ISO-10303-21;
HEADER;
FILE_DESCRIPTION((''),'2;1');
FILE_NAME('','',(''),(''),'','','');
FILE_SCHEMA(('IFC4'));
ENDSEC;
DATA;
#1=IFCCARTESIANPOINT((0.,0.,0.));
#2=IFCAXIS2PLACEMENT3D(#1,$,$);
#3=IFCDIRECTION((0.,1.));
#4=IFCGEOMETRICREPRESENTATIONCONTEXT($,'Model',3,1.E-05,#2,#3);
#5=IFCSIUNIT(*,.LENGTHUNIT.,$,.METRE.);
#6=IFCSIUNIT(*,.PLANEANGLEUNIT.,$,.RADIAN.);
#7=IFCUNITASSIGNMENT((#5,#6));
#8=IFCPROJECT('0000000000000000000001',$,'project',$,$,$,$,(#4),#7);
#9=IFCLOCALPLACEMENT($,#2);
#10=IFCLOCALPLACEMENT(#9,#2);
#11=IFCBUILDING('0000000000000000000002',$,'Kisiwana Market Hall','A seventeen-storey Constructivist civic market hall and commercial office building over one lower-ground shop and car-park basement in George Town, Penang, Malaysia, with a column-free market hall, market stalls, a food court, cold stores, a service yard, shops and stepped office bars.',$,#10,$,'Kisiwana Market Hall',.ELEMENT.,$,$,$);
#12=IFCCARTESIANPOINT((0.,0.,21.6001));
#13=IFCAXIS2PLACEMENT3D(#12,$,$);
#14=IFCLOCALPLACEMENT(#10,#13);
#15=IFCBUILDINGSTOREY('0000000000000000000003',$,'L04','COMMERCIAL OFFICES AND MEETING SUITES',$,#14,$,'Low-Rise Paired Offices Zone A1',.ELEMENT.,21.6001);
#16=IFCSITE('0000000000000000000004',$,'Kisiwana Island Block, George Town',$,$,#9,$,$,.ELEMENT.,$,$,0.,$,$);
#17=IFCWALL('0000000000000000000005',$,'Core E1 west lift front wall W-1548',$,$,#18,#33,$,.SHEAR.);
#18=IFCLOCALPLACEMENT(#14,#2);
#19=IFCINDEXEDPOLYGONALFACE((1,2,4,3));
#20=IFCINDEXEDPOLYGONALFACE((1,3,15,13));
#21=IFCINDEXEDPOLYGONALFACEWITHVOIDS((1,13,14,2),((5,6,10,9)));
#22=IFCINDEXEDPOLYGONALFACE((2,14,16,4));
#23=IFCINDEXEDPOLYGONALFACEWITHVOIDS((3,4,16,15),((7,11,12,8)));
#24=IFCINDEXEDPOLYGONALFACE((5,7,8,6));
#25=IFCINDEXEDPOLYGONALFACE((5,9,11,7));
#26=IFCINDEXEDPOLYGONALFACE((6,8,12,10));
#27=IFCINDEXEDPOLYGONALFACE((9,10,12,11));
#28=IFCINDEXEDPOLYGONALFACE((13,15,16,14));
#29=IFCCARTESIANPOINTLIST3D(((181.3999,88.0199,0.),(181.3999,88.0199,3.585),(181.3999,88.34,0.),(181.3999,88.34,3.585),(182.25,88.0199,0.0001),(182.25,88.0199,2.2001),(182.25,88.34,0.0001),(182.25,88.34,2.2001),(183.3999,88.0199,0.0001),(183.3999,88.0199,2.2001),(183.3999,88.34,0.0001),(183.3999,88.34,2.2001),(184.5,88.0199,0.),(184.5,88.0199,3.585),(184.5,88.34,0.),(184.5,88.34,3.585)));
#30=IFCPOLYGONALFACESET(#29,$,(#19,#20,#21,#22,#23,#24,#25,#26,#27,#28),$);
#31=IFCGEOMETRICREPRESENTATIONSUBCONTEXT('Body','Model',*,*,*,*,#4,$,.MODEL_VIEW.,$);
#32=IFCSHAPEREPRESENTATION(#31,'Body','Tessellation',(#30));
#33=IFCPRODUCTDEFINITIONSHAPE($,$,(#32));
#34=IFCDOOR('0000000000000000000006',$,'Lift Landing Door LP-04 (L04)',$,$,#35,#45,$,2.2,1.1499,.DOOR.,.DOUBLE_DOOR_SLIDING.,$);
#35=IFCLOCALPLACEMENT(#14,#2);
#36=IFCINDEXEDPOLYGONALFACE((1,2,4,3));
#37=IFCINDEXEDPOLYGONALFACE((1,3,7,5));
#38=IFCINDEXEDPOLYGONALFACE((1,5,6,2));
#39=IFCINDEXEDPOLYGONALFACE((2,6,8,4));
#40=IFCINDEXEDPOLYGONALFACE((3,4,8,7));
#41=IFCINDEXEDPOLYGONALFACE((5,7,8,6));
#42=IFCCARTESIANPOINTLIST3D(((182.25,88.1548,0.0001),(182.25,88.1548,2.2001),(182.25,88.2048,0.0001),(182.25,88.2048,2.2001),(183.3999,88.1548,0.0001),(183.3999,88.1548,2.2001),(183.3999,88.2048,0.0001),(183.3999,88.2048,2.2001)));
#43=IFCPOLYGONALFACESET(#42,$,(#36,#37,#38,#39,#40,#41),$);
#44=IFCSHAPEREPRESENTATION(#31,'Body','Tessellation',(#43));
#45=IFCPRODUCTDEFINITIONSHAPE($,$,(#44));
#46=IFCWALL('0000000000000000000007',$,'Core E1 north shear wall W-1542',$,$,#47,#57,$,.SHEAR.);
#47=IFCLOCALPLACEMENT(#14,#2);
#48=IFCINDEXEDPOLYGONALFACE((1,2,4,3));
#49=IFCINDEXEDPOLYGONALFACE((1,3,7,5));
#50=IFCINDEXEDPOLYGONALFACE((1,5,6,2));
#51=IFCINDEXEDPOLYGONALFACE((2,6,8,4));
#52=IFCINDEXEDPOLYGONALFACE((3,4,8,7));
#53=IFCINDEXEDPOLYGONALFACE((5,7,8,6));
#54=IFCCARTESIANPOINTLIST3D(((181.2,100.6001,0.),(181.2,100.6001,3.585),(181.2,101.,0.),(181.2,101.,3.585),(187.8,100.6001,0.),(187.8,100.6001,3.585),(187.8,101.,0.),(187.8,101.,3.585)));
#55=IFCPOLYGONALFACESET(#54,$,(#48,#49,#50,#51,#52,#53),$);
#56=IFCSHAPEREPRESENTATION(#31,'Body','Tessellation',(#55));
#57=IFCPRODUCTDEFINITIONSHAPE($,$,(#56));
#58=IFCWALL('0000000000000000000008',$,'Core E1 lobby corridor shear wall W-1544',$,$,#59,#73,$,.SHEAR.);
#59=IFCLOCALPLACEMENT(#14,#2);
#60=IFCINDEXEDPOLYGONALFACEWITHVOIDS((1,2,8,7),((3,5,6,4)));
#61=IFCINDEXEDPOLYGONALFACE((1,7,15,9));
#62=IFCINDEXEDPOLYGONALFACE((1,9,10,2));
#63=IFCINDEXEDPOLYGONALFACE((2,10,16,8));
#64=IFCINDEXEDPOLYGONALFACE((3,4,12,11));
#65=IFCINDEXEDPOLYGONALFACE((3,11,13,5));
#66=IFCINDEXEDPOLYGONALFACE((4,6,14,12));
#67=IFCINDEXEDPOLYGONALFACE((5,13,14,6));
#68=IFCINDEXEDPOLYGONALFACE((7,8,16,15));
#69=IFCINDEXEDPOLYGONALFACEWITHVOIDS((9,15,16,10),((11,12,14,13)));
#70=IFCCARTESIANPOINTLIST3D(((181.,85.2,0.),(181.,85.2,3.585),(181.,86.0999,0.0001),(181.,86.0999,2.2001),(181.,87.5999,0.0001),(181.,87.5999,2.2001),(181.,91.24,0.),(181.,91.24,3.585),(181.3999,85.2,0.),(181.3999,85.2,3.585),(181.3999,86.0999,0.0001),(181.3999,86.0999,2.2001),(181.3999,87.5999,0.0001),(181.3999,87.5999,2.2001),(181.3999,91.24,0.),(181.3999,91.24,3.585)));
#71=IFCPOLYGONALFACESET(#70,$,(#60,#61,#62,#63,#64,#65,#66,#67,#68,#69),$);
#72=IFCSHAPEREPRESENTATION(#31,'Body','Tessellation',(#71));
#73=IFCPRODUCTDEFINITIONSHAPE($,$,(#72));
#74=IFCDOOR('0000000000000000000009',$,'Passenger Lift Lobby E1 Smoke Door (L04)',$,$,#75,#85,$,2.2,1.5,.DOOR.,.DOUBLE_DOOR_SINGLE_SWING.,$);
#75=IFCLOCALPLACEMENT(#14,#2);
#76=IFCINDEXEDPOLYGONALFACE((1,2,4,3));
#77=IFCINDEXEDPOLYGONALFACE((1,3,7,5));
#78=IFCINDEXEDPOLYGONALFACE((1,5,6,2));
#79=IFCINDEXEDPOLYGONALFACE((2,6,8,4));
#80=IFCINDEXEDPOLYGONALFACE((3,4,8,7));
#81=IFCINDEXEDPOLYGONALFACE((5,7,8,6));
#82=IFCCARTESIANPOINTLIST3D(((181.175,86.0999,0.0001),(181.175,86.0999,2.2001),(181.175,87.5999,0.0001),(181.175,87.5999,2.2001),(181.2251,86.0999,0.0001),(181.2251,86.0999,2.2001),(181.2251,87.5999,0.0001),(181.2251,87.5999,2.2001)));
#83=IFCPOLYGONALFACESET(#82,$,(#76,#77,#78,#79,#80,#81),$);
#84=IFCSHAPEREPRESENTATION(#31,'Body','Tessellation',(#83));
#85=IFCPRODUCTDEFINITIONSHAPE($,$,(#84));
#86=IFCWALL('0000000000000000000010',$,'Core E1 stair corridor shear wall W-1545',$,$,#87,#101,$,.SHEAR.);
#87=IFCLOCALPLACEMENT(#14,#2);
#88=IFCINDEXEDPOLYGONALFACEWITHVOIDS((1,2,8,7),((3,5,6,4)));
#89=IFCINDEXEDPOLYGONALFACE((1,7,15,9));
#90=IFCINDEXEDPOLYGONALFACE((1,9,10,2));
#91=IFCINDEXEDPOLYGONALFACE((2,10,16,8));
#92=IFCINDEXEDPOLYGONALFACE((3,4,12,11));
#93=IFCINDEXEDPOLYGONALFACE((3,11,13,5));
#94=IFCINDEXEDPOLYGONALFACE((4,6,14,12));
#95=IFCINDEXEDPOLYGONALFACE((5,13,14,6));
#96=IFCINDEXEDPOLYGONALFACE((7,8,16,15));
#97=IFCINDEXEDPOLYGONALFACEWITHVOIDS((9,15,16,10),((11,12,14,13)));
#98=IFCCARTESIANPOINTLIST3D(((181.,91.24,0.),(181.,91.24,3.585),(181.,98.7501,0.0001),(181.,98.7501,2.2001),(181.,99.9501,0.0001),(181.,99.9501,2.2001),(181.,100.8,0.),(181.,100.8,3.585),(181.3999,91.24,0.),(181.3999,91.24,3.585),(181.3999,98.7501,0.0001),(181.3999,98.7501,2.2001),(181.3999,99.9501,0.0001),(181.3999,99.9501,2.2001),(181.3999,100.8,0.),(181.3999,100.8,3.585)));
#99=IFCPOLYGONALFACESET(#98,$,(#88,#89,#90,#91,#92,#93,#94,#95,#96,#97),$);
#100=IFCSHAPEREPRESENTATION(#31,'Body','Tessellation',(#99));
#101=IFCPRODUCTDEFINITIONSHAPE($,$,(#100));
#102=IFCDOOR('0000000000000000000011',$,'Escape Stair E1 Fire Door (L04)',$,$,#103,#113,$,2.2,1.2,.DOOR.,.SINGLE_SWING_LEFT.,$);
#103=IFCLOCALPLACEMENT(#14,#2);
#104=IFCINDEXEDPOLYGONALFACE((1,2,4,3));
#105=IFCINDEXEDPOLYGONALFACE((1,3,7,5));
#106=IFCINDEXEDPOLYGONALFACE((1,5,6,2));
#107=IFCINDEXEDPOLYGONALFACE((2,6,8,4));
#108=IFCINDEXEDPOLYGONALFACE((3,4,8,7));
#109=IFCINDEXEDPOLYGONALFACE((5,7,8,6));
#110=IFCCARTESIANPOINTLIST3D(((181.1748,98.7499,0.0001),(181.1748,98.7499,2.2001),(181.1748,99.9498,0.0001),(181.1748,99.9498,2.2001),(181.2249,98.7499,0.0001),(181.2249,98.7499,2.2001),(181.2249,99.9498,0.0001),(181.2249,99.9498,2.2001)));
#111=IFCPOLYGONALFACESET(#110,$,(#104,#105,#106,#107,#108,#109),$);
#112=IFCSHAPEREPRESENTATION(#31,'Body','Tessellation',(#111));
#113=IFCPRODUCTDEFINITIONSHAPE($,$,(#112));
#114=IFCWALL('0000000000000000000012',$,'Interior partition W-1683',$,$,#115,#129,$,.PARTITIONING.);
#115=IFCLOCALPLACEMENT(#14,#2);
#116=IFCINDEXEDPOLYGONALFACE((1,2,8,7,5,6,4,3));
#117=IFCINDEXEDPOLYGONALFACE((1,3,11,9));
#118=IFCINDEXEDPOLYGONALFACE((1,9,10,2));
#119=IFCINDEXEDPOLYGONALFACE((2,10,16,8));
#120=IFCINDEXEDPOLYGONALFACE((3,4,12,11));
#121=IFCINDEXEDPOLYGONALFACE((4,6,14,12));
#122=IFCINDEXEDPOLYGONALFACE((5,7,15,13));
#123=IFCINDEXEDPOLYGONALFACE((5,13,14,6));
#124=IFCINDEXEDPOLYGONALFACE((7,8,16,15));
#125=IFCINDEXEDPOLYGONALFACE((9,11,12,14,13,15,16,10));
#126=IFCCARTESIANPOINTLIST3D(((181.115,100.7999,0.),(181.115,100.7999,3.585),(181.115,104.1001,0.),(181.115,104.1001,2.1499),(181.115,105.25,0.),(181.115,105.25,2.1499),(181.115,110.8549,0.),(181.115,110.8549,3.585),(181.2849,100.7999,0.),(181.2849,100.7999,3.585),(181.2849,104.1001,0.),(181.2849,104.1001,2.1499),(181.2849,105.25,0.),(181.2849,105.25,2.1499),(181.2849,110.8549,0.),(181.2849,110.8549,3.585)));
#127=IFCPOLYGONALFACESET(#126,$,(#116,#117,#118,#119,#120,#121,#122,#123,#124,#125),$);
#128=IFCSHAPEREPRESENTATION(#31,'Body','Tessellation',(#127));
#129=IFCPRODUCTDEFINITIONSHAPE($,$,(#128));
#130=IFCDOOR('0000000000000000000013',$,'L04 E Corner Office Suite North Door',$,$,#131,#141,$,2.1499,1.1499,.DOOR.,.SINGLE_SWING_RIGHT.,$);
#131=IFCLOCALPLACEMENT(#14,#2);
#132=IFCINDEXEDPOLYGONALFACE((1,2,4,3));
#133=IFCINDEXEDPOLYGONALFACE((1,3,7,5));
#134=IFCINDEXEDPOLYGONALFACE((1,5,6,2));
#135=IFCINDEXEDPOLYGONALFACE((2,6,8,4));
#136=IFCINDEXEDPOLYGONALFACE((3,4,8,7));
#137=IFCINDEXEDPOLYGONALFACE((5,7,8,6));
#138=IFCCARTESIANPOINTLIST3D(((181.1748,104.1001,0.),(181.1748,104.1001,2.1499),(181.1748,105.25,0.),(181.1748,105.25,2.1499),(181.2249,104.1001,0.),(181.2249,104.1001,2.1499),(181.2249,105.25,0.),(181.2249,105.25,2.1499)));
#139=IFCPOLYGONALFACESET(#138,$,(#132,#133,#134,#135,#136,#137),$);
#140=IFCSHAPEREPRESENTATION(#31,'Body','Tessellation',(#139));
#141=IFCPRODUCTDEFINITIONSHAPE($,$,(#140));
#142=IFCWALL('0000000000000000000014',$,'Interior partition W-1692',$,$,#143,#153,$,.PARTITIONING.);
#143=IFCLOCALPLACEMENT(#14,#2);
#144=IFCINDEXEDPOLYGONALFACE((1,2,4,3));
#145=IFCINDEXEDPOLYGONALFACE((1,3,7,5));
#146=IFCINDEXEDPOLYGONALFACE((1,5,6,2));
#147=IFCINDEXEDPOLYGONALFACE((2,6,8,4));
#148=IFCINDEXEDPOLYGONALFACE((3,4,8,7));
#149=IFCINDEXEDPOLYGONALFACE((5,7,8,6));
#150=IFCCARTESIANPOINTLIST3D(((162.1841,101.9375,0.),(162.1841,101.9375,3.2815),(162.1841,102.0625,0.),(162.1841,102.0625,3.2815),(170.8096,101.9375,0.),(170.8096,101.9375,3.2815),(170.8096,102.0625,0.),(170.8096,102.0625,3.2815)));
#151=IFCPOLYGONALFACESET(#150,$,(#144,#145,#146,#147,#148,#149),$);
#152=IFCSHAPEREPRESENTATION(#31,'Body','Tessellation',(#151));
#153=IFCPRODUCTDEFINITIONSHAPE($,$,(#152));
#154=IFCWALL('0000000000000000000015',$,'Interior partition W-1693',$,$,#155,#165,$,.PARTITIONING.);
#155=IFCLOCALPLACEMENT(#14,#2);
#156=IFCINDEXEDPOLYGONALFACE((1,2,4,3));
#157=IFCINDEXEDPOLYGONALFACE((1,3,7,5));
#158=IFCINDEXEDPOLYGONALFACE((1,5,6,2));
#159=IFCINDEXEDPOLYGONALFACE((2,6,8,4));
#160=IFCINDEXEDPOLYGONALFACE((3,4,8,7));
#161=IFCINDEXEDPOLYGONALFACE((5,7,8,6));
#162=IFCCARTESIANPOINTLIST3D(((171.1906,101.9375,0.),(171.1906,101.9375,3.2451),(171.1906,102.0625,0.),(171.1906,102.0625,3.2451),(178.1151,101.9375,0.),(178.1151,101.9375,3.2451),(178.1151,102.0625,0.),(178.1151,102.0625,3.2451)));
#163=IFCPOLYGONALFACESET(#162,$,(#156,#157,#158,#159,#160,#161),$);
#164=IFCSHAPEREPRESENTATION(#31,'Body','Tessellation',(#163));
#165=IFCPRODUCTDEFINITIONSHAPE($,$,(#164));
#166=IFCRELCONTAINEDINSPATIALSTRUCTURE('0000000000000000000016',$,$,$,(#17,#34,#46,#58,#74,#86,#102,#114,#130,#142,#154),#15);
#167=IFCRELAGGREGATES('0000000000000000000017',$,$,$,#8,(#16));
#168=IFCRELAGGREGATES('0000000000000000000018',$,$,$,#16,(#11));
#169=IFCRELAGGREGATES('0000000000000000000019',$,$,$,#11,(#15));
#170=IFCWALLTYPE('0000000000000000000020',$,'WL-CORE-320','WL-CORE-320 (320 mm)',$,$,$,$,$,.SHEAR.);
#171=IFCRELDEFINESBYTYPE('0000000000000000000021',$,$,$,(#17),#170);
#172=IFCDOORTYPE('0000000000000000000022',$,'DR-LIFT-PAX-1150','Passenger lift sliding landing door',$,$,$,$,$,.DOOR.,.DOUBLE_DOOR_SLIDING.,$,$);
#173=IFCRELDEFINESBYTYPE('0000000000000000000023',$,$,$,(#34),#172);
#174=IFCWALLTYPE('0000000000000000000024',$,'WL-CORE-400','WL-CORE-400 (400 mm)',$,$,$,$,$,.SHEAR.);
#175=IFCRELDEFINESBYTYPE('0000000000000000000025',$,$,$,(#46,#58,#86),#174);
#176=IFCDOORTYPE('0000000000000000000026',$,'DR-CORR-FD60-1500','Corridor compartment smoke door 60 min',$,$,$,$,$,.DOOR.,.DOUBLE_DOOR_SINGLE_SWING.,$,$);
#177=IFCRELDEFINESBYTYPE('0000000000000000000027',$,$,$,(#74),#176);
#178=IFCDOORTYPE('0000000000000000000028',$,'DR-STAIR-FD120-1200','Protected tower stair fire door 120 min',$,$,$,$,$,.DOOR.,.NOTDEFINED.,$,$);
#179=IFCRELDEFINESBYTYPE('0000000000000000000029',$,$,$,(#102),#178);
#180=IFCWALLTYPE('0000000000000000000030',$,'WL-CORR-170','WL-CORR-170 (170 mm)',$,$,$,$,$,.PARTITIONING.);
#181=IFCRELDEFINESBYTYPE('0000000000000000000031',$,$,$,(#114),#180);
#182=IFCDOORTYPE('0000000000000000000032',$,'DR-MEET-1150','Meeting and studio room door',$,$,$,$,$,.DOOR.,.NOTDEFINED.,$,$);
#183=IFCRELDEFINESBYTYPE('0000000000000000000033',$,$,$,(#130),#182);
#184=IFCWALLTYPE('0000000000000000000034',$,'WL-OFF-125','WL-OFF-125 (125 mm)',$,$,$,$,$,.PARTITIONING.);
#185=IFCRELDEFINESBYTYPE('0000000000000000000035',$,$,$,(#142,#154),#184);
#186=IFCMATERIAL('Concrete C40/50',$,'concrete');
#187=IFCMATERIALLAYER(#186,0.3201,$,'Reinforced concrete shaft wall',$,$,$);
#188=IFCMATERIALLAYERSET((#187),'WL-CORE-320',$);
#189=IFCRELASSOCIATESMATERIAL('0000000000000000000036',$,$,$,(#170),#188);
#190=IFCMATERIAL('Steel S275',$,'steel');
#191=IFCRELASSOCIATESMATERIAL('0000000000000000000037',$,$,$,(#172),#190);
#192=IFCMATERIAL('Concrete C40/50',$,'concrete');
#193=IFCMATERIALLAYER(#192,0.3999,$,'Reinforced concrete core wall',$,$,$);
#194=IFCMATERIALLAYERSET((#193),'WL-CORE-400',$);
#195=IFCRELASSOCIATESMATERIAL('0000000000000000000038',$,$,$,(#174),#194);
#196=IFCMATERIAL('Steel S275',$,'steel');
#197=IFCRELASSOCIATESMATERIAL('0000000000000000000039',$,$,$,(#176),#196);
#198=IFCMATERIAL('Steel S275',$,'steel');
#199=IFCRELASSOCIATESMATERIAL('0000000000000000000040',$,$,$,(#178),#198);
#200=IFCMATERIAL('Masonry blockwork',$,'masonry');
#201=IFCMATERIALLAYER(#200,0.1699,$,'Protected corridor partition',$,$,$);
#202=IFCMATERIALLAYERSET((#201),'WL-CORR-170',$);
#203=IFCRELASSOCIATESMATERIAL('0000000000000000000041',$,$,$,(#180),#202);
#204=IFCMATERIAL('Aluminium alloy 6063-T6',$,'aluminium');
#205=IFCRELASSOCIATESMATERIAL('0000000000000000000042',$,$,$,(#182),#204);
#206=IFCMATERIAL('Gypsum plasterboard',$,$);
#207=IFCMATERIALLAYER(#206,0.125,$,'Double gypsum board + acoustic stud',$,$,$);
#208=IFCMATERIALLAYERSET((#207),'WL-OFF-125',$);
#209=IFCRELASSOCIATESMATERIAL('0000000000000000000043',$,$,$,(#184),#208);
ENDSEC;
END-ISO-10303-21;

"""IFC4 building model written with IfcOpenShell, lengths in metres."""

from ifc_helpers import new_model, si_unit, direction, frame, frame_2d, origin, place, context, subcontext, project, spatial, rectangle, extrude, material, layer, layer_set, type_object, element, fill, save


model = new_model("IFC4")

# Units and contexts
model_context = context("Model", 3, precision=1e-05, world=origin(), true_north=direction((0.0, 1.0)))
body_context = subcontext(model_context, "Body", "Model", "MODEL_VIEW")
ifc_project = project(units=[si_unit("LENGTHUNIT", "METRE"), si_unit("PLANEANGLEUNIT", "RADIAN")], contexts=[model_context])

# Site, building, storey
site_placement = place(None, origin())
site = spatial("IfcSite", under=ifc_project, at=site_placement, Name="Kisiwana Island Block, George Town", CompositionType="ELEMENT", RefElevation=0.0)
building_placement = place(site_placement, origin())
building = spatial("IfcBuilding", under=site, at=building_placement, Name="Kisiwana Market Hall", Description="A seventeen-storey Constructivist civic market hall and commercial office building over one lower-ground shop and car-park basement in George Town, Penang, Malaysia, with a column-free market hall, market stalls, a food court, cold stores, a service yard, shops and stepped office bars.", LongName="Kisiwana Market Hall", CompositionType="ELEMENT")
storey_placement = place(building_placement, frame((0.0, 0.0, 21.6001)))
storey = spatial("IfcBuildingStorey", under=building, at=storey_placement, Name="L04", Description="COMMERCIAL OFFICES AND MEETING SUITES", LongName="Low-Rise Paired Offices Zone A1", CompositionType="ELEMENT", Elevation=21.6001)

# Shared definitions
ifc_material_1 = material(Name="Concrete C40/50", Category="concrete")
ifc_layer_1 = layer(ifc_material_1, 0.3201, Name="Reinforced concrete shaft wall")
ifc_layer_set_1 = layer_set([ifc_layer_1], Name="WL-CORE-320")
wall_type_1 = type_object("IfcWallType", Name="WL-CORE-320", Description="WL-CORE-320 (320 mm)", PredefinedType="SHEAR", material=ifc_layer_set_1)

# Wall, opening, door
wall_1_placement = place(storey_placement, frame((181.3999, 88.1799, 0.0), z_axis=(0.0, 0.0, 1.0), x_axis=(1.0, 0.0, 0.0)))
wall_1 = element("IfcWall", 1, at=wall_1_placement, inside=storey, type_object=wall_type_1, Name="Core E1 west lift front wall W-1548", PredefinedType="SHEAR", context=body_context, shape_type="SweptSolid", body=[
    extrude(rectangle(XDim=3.1001, YDim=0.3201, at=frame_2d((1.55, 0.0))), origin(), (0.0, 0.0, 1.0), 3.585),
])
opening_1_placement = place(wall_1_placement, frame((0.8501, 0.0, 0.0)))
opening_1 = element("IfcOpeningElement", 2, at=opening_1_placement, cuts=wall_1, PredefinedType="OPENING", context=body_context, shape_type="SweptSolid", body=[
    extrude(rectangle(XDim=1.1499, YDim=2.2, at=frame_2d((0.575, 1.1001))), frame((0.0, 0.1719, 0.0), z_axis=(0.0, -1.0, 0.0), x_axis=(1.0, 0.0, 0.0)), (0.0, 0.0, 1.0), 0.344),
])
ifc_material_2 = material(Name="Steel S275", Category="steel")
door_type_1 = type_object("IfcDoorType", Name="DR-LIFT-PAX-1150", Description="Passenger lift sliding landing door", OperationType="DOUBLE_DOOR_SLIDING", PredefinedType="DOOR", material=ifc_material_2)
door_1_placement = place(opening_1_placement, origin())
door_1 = element("IfcDoor", 3, at=door_1_placement, inside=storey, type_object=door_type_1, Name="Lift Landing Door LP-04 (L04)", OperationType="DOUBLE_DOOR_SLIDING", OverallHeight=2.2, OverallWidth=1.1499, PredefinedType="DOOR", context=body_context, shape_type="SweptSolid", body=[
    extrude(rectangle(XDim=1.1499, YDim=2.2, at=frame_2d((0.575, 1.1001))), frame((0.0, 0.0249, 0.0), z_axis=(0.0, -1.0, 0.0), x_axis=(1.0, 0.0, 0.0)), (0.0, 0.0, 1.0), 0.05),
])
fill(opening_1, door_1)

# Wall
ifc_material_3 = material(Name="Concrete C40/50", Category="concrete")
ifc_layer_2 = layer(ifc_material_3, 0.3999, Name="Reinforced concrete core wall")
ifc_layer_set_2 = layer_set([ifc_layer_2], Name="WL-CORE-400")
wall_type_2 = type_object("IfcWallType", Name="WL-CORE-400", Description="WL-CORE-400 (400 mm)", PredefinedType="SHEAR", material=ifc_layer_set_2)
wall_2_placement = place(storey_placement, frame((181.2, 100.8, 0.0), z_axis=(0.0, 0.0, 1.0), x_axis=(1.0, 0.0, 0.0)))
element("IfcWall", 4, at=wall_2_placement, inside=storey, type_object=wall_type_2, Name="Core E1 north shear wall W-1542", PredefinedType="SHEAR", context=body_context, shape_type="SweptSolid", body=[
    extrude(rectangle(XDim=6.6001, YDim=0.3999, at=frame_2d((3.3, 0.0))), origin(), (0.0, 0.0, 1.0), 3.585),
])

# Walls, openings, doors
wall_3_placement = place(storey_placement, frame((181.2, 85.2, 0.0), z_axis=(0.0, 0.0, 1.0), x_axis=(0.0, 1.0, 0.0)))
wall_3 = element("IfcWall", 5, at=wall_3_placement, inside=storey, type_object=wall_type_2, Name="Core E1 lobby corridor shear wall W-1544", PredefinedType="SHEAR", context=body_context, shape_type="SweptSolid", body=[
    extrude(rectangle(XDim=6.04, YDim=0.3999, at=frame_2d((3.02, 0.0))), origin(), (0.0, 0.0, 1.0), 3.585),
])
opening_2_placement = place(wall_3_placement, frame((0.8999, 0.0, 0.0)))
opening_2 = element("IfcOpeningElement", 6, at=opening_2_placement, cuts=wall_3, PredefinedType="OPENING", context=body_context, shape_type="SweptSolid", body=[
    extrude(rectangle(XDim=1.5, YDim=2.2, at=frame_2d((0.75, 1.1001))), frame((0.0, 0.2119, 0.0), z_axis=(0.0, -1.0, 0.0), x_axis=(1.0, 0.0, 0.0)), (0.0, 0.0, 1.0), 0.4238),
])
ifc_material_4 = material(Name="Steel S275", Category="steel")
door_type_2 = type_object("IfcDoorType", Name="DR-CORR-FD60-1500", Description="Corridor compartment smoke door 60 min", OperationType="DOUBLE_DOOR_SINGLE_SWING", PredefinedType="DOOR", material=ifc_material_4)
door_2_placement = place(opening_2_placement, origin())
door_2 = element("IfcDoor", 7, at=door_2_placement, inside=storey, type_object=door_type_2, Name="Passenger Lift Lobby E1 Smoke Door (L04)", OperationType="DOUBLE_DOOR_SINGLE_SWING", OverallHeight=2.2, OverallWidth=1.5, PredefinedType="DOOR", context=body_context, shape_type="SweptSolid", body=[
    extrude(rectangle(XDim=1.5, YDim=2.2, at=frame_2d((0.75, 1.1001))), frame((0.0, 0.0249, 0.0), z_axis=(0.0, -1.0, 0.0), x_axis=(1.0, 0.0, 0.0)), (0.0, 0.0, 1.0), 0.05),
])
fill(opening_2, door_2)
wall_4_placement = place(storey_placement, frame((181.2, 91.24, 0.0), z_axis=(0.0, 0.0, 1.0), x_axis=(0.0, 1.0, 0.0)))
wall_4 = element("IfcWall", 8, at=wall_4_placement, inside=storey, type_object=wall_type_2, Name="Core E1 stair corridor shear wall W-1545", PredefinedType="SHEAR", context=body_context, shape_type="SweptSolid", body=[
    extrude(rectangle(XDim=9.5601, YDim=0.3999, at=frame_2d((4.78, 0.0))), origin(), (0.0, 0.0, 1.0), 3.585),
])
opening_3_placement = place(wall_4_placement, frame((7.51, 0.0, 0.0)))
opening_3 = element("IfcOpeningElement", 9, at=opening_3_placement, cuts=wall_4, PredefinedType="OPENING", context=body_context, shape_type="SweptSolid", body=[
    extrude(rectangle(XDim=1.2, YDim=2.2, at=frame_2d((0.6001, 1.1001))), frame((0.0, 0.2119, 0.0), z_axis=(0.0, -1.0, 0.0), x_axis=(1.0, 0.0, 0.0)), (0.0, 0.0, 1.0), 0.4238),
])
ifc_material_5 = material(Name="Steel S275", Category="steel")
door_type_3 = type_object("IfcDoorType", Name="DR-STAIR-FD120-1200", Description="Protected tower stair fire door 120 min", OperationType="NOTDEFINED", PredefinedType="DOOR", material=ifc_material_5)
door_3_placement = place(opening_3_placement, frame((1.2, 0.0, 0.0), z_axis=(0.0, 0.0, 1.0), x_axis=(-1.0, 0.0, 0.0)))
door_3 = element("IfcDoor", 10, at=door_3_placement, inside=storey, type_object=door_type_3, Name="Escape Stair E1 Fire Door (L04)", OperationType="SINGLE_SWING_LEFT", OverallHeight=2.2, OverallWidth=1.2, PredefinedType="DOOR", context=body_context, shape_type="SweptSolid", body=[
    extrude(rectangle(XDim=1.2, YDim=2.2, at=frame_2d((0.6001, 1.1001))), frame((0.0, 0.0249, 0.0), z_axis=(0.0, -1.0, 0.0), x_axis=(1.0, 0.0, 0.0)), (0.0, 0.0, 1.0), 0.05),
])
fill(opening_3, door_3)
ifc_material_6 = material(Name="Masonry blockwork", Category="masonry")
ifc_layer_3 = layer(ifc_material_6, 0.1699, Name="Protected corridor partition")
ifc_layer_set_3 = layer_set([ifc_layer_3], Name="WL-CORR-170")
wall_type_3 = type_object("IfcWallType", Name="WL-CORR-170", Description="WL-CORR-170 (170 mm)", PredefinedType="PARTITIONING", material=ifc_layer_set_3)
wall_5_placement = place(storey_placement, frame((181.2, 100.8, 0.0), z_axis=(0.0, 0.0, 1.0), x_axis=(0.0, 1.0, 0.0)))
wall_5 = element("IfcWall", 11, at=wall_5_placement, inside=storey, type_object=wall_type_3, Name="Interior partition W-1683", PredefinedType="PARTITIONING", context=body_context, shape_type="SweptSolid", body=[
    extrude(rectangle(XDim=10.0549, YDim=0.1699, at=frame_2d((5.0273, 0.0))), origin(), (0.0, 0.0, 1.0), 3.585),
])
opening_4_placement = place(wall_5_placement, frame((3.3, 0.0, 0.0)))
opening_4 = element("IfcOpeningElement", 12, at=opening_4_placement, cuts=wall_5, PredefinedType="OPENING", context=body_context, shape_type="SweptSolid", body=[
    extrude(rectangle(XDim=1.1499, YDim=2.1499, at=frame_2d((0.575, 1.075))), frame((0.0, 0.0969, 0.0), z_axis=(0.0, -1.0, 0.0), x_axis=(1.0, 0.0, 0.0)), (0.0, 0.0, 1.0), 0.1938),
])
ifc_material_7 = material(Name="Aluminium alloy 6063-T6", Category="aluminium")
door_type_4 = type_object("IfcDoorType", Name="DR-MEET-1150", Description="Meeting and studio room door", OperationType="NOTDEFINED", PredefinedType="DOOR", material=ifc_material_7)
door_4_placement = place(opening_4_placement, frame((1.1499, 0.0, 0.0), z_axis=(0.0, 0.0, 1.0), x_axis=(-1.0, 0.0, 0.0)))
door_4 = element("IfcDoor", 13, at=door_4_placement, inside=storey, type_object=door_type_4, Name="L04 E Corner Office Suite North Door", OperationType="SINGLE_SWING_RIGHT", OverallHeight=2.1499, OverallWidth=1.1499, PredefinedType="DOOR", context=body_context, shape_type="SweptSolid", body=[
    extrude(rectangle(XDim=1.1499, YDim=2.1499, at=frame_2d((0.575, 1.075))), frame((0.0, 0.0249, 0.0), z_axis=(0.0, -1.0, 0.0), x_axis=(1.0, 0.0, 0.0)), (0.0, 0.0, 1.0), 0.05),
])
fill(opening_4, door_4)

# Walls
ifc_material_8 = material(Name="Gypsum plasterboard")
ifc_layer_4 = layer(ifc_material_8, 0.125, Name="Double gypsum board + acoustic stud")
ifc_layer_set_4 = layer_set([ifc_layer_4], Name="WL-OFF-125")
wall_type_4 = type_object("IfcWallType", Name="WL-OFF-125", Description="WL-OFF-125 (125 mm)", PredefinedType="PARTITIONING", material=ifc_layer_set_4)
wall_6_placement = place(storey_placement, frame((162.1841, 102.0, 0.0), z_axis=(0.0, 0.0, 1.0), x_axis=(1.0, 0.0, 0.0)))
element("IfcWall", 14, at=wall_6_placement, inside=storey, type_object=wall_type_4, Name="Interior partition W-1692", PredefinedType="PARTITIONING", context=body_context, shape_type="SweptSolid", body=[
    extrude(rectangle(XDim=8.6255, YDim=0.125, at=frame_2d((4.3127, 0.0))), origin(), (0.0, 0.0, 1.0), 3.2815),
])
wall_7_placement = place(storey_placement, frame((171.1904, 102.0, 0.0), z_axis=(0.0, 0.0, 1.0), x_axis=(1.0, 0.0, 0.0)))
element("IfcWall", 15, at=wall_7_placement, inside=storey, type_object=wall_type_4, Name="Interior partition W-1693", PredefinedType="PARTITIONING", context=body_context, shape_type="SweptSolid", body=[
    extrude(rectangle(XDim=6.9246, YDim=0.125, at=frame_2d((3.4624, 0.0))), origin(), (0.0, 0.0, 1.0), 3.2451),
])

save(model, "model.ifc")
